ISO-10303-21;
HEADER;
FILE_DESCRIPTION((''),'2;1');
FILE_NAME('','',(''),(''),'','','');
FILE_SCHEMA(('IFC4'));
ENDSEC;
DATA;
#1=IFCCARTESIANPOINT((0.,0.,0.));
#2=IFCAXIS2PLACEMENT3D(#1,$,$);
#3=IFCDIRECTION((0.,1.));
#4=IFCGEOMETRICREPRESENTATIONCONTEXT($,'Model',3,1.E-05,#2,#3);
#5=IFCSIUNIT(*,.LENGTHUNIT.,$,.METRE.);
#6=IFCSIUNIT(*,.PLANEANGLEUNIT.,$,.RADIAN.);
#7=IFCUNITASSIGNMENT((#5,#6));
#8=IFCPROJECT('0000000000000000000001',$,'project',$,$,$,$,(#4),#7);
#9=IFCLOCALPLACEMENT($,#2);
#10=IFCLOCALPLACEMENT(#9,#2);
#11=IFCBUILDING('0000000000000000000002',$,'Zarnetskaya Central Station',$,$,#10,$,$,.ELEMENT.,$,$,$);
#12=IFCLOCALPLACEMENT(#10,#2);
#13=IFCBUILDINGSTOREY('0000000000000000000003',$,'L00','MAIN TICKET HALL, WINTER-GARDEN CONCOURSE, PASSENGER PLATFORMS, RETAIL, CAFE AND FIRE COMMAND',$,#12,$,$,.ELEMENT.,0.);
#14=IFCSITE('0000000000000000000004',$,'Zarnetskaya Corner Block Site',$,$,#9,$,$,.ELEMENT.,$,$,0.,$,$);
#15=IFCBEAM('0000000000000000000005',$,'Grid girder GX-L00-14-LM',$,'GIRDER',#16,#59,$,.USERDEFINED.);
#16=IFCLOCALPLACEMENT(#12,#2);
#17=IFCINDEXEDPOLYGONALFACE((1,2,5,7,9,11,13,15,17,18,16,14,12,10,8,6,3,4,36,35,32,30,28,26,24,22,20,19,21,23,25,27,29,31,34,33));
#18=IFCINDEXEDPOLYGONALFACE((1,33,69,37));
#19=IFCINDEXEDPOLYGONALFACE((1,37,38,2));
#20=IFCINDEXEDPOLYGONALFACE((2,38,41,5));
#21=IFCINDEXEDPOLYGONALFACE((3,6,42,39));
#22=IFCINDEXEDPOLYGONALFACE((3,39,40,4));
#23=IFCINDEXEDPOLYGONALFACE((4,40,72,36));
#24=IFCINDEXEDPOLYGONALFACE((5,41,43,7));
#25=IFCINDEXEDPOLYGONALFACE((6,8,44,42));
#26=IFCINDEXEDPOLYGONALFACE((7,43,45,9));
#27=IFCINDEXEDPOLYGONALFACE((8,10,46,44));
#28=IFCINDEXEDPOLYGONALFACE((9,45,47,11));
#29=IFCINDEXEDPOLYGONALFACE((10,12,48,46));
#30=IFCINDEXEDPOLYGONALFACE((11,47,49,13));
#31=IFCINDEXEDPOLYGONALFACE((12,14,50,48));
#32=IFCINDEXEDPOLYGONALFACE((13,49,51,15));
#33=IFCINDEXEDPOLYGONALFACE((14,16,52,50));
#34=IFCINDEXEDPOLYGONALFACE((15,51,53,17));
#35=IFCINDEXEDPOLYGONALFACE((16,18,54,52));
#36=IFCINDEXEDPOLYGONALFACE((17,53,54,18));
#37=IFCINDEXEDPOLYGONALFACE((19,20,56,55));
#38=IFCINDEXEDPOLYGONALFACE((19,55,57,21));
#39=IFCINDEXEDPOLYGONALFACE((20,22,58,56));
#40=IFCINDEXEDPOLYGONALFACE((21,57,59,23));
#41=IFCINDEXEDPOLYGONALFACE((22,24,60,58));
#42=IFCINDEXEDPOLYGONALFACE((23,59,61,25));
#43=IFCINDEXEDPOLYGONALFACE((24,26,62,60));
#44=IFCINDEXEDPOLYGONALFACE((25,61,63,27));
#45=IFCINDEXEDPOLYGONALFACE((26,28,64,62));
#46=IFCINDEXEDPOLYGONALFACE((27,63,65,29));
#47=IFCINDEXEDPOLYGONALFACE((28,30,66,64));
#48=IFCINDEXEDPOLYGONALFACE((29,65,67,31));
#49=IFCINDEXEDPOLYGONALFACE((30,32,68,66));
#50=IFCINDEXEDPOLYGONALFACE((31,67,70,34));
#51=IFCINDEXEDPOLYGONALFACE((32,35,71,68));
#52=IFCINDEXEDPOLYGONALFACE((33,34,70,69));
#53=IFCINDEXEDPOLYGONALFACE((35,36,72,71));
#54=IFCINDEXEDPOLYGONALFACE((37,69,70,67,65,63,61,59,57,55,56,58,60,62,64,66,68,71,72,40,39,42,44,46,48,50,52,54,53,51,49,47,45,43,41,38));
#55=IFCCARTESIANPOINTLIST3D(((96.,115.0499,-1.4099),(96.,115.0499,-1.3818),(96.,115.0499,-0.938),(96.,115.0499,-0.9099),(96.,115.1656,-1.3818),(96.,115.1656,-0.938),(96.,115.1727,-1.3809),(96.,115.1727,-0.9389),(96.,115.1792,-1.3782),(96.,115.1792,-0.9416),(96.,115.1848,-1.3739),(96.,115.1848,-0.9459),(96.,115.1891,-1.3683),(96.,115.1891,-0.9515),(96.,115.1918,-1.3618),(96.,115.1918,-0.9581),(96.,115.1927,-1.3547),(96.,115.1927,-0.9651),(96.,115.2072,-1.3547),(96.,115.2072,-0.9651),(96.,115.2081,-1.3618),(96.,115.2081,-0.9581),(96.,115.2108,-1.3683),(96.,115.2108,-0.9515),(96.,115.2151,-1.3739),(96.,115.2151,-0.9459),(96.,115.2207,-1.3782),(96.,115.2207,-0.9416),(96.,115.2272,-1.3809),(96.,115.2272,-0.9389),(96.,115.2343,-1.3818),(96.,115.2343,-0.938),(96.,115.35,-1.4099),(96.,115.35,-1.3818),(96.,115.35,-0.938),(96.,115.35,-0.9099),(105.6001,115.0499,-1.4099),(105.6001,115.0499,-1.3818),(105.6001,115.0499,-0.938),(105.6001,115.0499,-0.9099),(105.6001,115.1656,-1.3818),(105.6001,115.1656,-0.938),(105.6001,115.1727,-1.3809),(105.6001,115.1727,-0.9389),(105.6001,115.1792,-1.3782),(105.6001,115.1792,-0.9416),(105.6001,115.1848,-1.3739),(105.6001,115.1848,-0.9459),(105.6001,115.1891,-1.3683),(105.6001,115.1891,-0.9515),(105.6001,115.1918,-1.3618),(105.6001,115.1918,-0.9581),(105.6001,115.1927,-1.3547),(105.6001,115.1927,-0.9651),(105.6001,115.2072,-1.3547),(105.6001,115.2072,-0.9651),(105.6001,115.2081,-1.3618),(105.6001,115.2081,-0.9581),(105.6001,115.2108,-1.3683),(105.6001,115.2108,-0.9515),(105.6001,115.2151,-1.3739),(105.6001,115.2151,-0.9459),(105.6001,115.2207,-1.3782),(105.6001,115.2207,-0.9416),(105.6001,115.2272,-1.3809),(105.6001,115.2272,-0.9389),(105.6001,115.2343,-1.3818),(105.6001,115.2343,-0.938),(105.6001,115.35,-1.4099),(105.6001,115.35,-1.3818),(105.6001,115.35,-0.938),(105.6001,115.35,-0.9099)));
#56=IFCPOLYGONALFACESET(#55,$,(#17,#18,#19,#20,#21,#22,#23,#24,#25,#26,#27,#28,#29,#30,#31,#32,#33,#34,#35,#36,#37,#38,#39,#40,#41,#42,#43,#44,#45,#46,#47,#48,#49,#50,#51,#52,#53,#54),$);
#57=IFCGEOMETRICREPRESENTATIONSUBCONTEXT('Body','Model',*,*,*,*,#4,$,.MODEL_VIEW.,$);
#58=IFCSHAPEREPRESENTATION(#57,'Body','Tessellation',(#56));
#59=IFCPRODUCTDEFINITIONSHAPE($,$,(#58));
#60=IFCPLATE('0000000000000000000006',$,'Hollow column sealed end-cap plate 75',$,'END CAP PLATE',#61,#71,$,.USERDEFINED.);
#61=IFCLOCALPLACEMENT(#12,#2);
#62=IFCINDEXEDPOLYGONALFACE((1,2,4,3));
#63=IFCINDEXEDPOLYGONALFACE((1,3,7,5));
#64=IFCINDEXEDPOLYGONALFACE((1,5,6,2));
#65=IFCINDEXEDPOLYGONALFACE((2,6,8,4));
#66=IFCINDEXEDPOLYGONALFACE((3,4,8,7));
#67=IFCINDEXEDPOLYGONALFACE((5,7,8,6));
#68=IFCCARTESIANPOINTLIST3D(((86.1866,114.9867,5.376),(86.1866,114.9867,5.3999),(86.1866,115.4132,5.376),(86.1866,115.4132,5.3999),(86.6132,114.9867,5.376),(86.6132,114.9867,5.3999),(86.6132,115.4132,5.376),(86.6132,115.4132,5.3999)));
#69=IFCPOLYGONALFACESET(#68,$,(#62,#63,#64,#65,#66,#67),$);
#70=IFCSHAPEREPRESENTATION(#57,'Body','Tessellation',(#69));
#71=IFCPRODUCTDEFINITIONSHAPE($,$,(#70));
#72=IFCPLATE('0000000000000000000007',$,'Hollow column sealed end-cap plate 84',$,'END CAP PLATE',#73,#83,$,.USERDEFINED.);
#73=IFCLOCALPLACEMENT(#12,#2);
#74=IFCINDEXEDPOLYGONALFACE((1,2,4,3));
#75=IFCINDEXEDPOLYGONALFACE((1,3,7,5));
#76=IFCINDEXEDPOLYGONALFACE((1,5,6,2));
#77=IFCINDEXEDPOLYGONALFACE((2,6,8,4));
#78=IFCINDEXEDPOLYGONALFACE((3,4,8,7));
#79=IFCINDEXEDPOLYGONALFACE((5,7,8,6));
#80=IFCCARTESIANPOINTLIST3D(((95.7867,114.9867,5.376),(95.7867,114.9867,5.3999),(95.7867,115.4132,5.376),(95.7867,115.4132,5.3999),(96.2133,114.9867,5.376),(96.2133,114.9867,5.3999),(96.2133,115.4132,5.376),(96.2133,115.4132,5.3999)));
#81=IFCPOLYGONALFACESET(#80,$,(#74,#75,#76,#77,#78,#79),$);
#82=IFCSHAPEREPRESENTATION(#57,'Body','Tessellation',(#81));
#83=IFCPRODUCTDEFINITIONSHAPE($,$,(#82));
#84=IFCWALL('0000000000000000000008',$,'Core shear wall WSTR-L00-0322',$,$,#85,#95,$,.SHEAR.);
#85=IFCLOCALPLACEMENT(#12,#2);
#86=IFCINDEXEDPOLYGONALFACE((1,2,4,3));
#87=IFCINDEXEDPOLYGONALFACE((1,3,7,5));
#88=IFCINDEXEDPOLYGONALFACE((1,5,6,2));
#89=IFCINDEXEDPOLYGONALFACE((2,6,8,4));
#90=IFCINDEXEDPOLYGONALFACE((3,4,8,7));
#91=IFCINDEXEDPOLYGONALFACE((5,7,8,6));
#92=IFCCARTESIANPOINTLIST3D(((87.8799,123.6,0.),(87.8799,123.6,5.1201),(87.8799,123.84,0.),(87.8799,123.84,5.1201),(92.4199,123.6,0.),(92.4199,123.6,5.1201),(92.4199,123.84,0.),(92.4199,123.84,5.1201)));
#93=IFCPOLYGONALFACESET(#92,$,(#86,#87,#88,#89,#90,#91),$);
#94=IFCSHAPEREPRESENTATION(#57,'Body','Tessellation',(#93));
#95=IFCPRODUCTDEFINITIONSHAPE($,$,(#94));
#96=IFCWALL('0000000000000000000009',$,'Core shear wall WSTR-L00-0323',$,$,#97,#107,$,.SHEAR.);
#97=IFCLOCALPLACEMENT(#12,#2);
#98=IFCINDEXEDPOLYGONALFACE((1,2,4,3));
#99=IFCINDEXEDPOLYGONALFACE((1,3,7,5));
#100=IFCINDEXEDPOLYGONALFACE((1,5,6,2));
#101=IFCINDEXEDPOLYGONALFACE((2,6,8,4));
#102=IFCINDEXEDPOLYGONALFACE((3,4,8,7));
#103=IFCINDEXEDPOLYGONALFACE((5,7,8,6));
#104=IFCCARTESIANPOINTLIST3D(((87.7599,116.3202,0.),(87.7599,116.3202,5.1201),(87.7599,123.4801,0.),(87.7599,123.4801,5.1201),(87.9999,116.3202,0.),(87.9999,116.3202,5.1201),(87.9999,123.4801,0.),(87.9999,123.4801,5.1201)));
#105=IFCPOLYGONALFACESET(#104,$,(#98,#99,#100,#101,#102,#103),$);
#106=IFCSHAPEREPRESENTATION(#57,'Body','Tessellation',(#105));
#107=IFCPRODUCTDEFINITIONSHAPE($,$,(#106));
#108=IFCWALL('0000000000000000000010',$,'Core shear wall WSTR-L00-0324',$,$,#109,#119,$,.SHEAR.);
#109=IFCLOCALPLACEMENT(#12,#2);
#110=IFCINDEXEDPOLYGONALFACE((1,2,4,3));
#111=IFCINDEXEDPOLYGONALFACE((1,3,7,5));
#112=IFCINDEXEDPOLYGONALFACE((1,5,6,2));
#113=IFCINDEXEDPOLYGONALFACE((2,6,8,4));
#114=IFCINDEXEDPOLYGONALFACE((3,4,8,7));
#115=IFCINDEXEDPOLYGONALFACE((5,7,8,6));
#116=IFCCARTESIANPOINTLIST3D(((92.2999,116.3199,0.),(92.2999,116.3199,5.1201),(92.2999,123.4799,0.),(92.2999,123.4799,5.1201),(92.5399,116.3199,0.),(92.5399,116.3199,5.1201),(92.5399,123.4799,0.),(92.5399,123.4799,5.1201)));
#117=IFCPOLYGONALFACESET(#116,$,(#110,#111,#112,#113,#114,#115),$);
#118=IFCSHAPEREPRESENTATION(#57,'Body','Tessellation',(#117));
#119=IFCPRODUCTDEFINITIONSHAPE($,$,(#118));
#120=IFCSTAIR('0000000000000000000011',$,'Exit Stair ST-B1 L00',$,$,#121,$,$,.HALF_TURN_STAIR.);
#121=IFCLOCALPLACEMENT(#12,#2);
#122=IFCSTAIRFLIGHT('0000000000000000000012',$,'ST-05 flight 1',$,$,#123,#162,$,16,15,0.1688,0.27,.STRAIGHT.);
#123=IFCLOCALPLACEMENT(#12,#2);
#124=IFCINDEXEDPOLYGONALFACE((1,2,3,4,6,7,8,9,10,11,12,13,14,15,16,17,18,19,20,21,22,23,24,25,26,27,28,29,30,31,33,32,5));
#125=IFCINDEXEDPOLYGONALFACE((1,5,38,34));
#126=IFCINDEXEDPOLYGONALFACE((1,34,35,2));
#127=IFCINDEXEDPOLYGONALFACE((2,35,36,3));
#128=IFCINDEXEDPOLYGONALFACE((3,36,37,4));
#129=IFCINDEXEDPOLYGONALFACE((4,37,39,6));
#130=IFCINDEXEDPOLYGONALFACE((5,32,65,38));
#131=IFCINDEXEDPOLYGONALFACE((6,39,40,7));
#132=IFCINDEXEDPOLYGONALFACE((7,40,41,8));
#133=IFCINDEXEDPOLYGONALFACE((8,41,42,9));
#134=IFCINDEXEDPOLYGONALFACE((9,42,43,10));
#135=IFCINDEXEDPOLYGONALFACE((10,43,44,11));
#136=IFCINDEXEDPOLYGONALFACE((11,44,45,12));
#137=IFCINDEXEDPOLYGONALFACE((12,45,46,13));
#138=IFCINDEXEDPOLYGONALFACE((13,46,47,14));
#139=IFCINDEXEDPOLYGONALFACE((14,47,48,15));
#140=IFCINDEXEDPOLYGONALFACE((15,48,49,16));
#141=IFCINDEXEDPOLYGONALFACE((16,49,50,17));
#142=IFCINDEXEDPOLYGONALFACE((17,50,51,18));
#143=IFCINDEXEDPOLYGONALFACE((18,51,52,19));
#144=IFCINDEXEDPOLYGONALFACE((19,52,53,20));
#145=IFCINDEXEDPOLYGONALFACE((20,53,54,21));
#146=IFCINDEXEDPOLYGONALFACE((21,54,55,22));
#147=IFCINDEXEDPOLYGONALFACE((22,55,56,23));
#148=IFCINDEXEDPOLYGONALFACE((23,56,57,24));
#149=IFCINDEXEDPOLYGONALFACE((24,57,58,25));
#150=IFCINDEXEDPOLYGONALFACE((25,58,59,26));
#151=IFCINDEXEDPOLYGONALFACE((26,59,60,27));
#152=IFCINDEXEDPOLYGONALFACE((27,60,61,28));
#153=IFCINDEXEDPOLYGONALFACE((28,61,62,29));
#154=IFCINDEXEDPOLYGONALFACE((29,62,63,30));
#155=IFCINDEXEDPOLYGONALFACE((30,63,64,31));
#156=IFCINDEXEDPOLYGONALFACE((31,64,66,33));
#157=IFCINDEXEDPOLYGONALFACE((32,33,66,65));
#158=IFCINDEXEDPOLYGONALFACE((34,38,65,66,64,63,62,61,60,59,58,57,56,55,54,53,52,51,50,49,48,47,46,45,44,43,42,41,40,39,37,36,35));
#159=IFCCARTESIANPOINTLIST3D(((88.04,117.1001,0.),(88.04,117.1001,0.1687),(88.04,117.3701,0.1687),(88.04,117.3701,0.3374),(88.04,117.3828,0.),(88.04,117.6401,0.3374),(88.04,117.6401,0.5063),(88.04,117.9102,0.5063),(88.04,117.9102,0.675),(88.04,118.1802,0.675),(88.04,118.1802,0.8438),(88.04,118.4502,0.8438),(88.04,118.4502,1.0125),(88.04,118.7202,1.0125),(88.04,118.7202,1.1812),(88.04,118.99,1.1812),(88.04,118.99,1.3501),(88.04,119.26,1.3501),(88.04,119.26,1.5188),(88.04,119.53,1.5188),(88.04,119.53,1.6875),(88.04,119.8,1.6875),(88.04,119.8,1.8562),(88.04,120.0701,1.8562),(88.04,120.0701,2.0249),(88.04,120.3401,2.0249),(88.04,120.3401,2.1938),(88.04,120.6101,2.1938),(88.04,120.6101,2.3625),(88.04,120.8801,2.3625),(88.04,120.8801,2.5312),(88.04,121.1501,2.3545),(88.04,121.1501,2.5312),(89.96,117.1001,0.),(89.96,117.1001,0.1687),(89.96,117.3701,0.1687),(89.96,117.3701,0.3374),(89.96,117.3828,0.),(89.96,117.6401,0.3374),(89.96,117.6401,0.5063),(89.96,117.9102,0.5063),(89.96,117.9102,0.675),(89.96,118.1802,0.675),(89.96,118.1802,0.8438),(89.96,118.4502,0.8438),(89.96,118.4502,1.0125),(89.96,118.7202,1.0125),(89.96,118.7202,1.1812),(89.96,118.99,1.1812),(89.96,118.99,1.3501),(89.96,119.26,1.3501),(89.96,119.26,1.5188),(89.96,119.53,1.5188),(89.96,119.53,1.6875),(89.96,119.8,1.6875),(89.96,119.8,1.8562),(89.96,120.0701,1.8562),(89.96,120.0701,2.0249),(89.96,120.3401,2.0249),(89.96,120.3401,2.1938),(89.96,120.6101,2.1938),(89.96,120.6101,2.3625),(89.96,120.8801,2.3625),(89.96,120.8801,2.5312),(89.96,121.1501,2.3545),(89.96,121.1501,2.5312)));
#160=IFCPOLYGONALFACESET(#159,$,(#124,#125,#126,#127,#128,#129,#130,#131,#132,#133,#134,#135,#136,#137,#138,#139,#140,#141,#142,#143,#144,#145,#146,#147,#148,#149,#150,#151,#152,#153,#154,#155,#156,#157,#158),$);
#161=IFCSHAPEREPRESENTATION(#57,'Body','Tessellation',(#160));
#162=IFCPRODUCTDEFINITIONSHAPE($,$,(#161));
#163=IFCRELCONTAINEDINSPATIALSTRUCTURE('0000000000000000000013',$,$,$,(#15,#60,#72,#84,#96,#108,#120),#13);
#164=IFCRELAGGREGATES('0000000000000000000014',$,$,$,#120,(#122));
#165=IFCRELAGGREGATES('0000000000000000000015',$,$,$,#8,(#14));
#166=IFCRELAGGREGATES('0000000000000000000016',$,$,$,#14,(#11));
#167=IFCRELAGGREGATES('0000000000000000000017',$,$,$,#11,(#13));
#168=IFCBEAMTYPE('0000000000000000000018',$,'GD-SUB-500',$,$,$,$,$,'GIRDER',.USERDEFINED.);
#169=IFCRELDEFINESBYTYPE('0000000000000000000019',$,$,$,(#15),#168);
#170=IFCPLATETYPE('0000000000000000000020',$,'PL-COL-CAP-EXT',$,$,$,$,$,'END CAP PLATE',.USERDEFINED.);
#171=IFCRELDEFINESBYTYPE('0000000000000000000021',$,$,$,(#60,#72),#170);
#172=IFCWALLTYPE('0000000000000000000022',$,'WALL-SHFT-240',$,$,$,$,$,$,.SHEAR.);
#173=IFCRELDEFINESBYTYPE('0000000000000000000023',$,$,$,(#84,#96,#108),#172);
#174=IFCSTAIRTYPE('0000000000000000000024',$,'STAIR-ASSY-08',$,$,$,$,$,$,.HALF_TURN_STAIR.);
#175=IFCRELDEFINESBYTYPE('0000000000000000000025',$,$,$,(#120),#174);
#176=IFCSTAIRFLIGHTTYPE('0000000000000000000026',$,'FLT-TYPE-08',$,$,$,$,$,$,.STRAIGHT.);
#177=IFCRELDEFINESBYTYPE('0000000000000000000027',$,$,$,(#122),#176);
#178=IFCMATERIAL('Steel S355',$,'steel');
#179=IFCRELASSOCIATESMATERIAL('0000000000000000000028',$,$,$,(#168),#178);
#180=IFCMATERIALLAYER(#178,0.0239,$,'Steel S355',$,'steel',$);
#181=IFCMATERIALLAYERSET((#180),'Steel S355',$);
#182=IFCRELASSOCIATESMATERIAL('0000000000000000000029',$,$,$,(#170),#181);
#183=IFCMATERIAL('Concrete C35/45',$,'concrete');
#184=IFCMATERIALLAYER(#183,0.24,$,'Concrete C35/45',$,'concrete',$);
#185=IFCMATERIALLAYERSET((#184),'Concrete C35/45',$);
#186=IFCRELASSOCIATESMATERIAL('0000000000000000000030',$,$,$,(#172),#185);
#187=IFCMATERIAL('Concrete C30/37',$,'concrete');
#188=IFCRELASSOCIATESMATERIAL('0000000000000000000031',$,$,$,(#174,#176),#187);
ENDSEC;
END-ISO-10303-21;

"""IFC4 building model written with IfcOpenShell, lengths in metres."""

from ifc_helpers import new_model, si_unit, direction, frame, frame_2d, origin, origin_2d, place, context, subcontext, project, spatial, polyline, rectangle, i_section, outline, extrude, material, layer, layer_set, material_profile, profile_set, type_object, element, aggregate, save


model = new_model("IFC4")

# Units and contexts
model_context = context("Model", 3, precision=1e-05, world=origin(), true_north=direction((0.0, 1.0)))
body_context = subcontext(model_context, "Body", "Model", "MODEL_VIEW")
ifc_project = project(units=[si_unit("LENGTHUNIT", "METRE"), si_unit("PLANEANGLEUNIT", "RADIAN")], contexts=[model_context])

# Site, building, storey
site_placement = place(None, origin())
site = spatial("IfcSite", under=ifc_project, at=site_placement, Name="Zarnetskaya Corner Block Site", CompositionType="ELEMENT", RefElevation=0.0)
building_placement = place(site_placement, origin())
building = spatial("IfcBuilding", under=site, at=building_placement, Name="Zarnetskaya Central Station", CompositionType="ELEMENT")
storey_placement = place(building_placement, origin())
storey = spatial("IfcBuildingStorey", under=building, at=storey_placement, Name="L00", Description="MAIN TICKET HALL, WINTER-GARDEN CONCOURSE, PASSENGER PLATFORMS, RETAIL, CAFE AND FIRE COMMAND", CompositionType="ELEMENT", Elevation=0.0)

# Shared definitions
ifc_material_1 = material(Name="Steel S355", Category="steel")

# Beam
ifc_material_profile_1 = material_profile(ifc_material_1, i_section(OverallWidth=0.3, OverallDepth=0.5, WebThickness=0.0144, FlangeThickness=0.0281, FilletRadius=0.0271, at=origin_2d()), Name="HEB 500")
ifc_profile_set_1 = profile_set([ifc_material_profile_1], Name="Steel S355")
beam_type_1 = type_object("IfcBeamType", Name="GD-SUB-500", ElementType="GIRDER", PredefinedType="USERDEFINED", material=ifc_profile_set_1)
beam_1_placement = place(storey_placement, frame((96.0, 115.2, -1.1599), z_axis=(1.0, 0.0, 0.0), x_axis=(0.0, 1.0, 0.0)))
element("IfcBeam", 1, at=beam_1_placement, inside=storey, type_object=beam_type_1, Name="Grid girder GX-L00-14-LM", ObjectType="GIRDER", PredefinedType="USERDEFINED", context=body_context, shape_type="SweptSolid", body=[
    extrude(i_section(OverallWidth=0.3, OverallDepth=0.5, WebThickness=0.0144, FlangeThickness=0.0281, FilletRadius=0.0271, at=origin_2d()), origin(), (0.0, 0.0, 1.0), 9.6001),
])

# Plates
ifc_layer_1 = layer(ifc_material_1, 0.0239, Name="Steel S355", Category="steel")
ifc_layer_set_1 = layer_set([ifc_layer_1], Name="Steel S355")
plate_type = type_object("IfcPlateType", Name="PL-COL-CAP-EXT", ElementType="END CAP PLATE", PredefinedType="USERDEFINED", material=ifc_layer_set_1)
for number, where, z_axis, x_axis, name in (
    (2, (86.3999, 115.2, 5.376), (0.0, 0.0, 1.0), (1.0, 0.0, 0.0), "Hollow column sealed end-cap plate 75"),
    (3, (96.0, 115.2, 5.376), (0.0, 0.0, 1.0), (1.0, 0.0, 0.0), "Hollow column sealed end-cap plate 84"),
):
    element("IfcPlate", number, at=place(storey_placement, frame(where, z_axis=z_axis, x_axis=x_axis)), inside=storey, type_object=plate_type, Name=name, ObjectType="END CAP PLATE", PredefinedType="USERDEFINED", context=body_context, shape_type="SweptSolid", body=[
        extrude(rectangle(XDim=0.4265, YDim=0.4265, at=origin_2d()), origin(), (0.0, 0.0, 1.0), 0.0239),
    ])

# Shared definitions
ifc_material_2 = material(Name="Concrete C35/45", Category="concrete")
ifc_layer_2 = layer(ifc_material_2, 0.24, Name="Concrete C35/45", Category="concrete")
ifc_layer_set_2 = layer_set([ifc_layer_2], Name="Concrete C35/45")
wall_type = type_object("IfcWallType", Name="WALL-SHFT-240", PredefinedType="SHEAR", material=ifc_layer_set_2)

# Walls
wall_1_placement = place(storey_placement, frame((87.8799, 123.72, 0.0), z_axis=(0.0, 0.0, 1.0), x_axis=(1.0, 0.0, 0.0)))
element("IfcWall", 4, at=wall_1_placement, inside=storey, type_object=wall_type, Name="Core shear wall WSTR-L00-0322", PredefinedType="SHEAR", context=body_context, shape_type="SweptSolid", body=[
    extrude(rectangle(XDim=4.54, YDim=0.24, at=frame_2d((2.27, 0.0))), origin(), (0.0, 0.0, 1.0), 5.1201),
])
for number, where, z_axis, x_axis, name in (
    (5, (87.8799, 116.3201, 0.0), (0.0, 0.0, 1.0), (0.0, 1.0, 0.0), "Core shear wall WSTR-L00-0323"),
    (6, (92.4199, 123.48, 0.0), (0.0, 0.0, 1.0), (0.0, -1.0, 0.0), "Core shear wall WSTR-L00-0324"),
):
    element("IfcWall", number, at=place(storey_placement, frame(where, z_axis=z_axis, x_axis=x_axis)), inside=storey, type_object=wall_type, Name=name, PredefinedType="SHEAR", context=body_context, shape_type="SweptSolid", body=[
        extrude(rectangle(XDim=7.1599, YDim=0.24, at=frame_2d((3.5801, 0.0))), origin(), (0.0, 0.0, 1.0), 5.1201),
    ])

# Stair, stair flight
ifc_material_3 = material(Name="Concrete C30/37", Category="concrete")
stair_type = type_object("IfcStairType", Name="STAIR-ASSY-08", PredefinedType="HALF_TURN_STAIR", material=ifc_material_3)
stair_placement = place(storey_placement, origin())
stair = element("IfcStair", 7, at=stair_placement, inside=storey, type_object=stair_type, Name="Exit Stair ST-B1 L00", PredefinedType="HALF_TURN_STAIR")
stair_flight_type = type_object("IfcStairFlightType", Name="FLT-TYPE-08", PredefinedType="STRAIGHT", material=ifc_material_3)
stair_flight_1_placement = place(storey_placement, frame((89.0, 117.1001, 0.0), z_axis=(0.0, 0.0, 1.0), x_axis=(0.0, 1.0, 0.0)))
stair_flight_1 = element("IfcStairFlight", 8, at=stair_flight_1_placement, type_object=stair_flight_type, Name="ST-05 flight 1", NumberOfRisers=16, NumberOfTreads=15, PredefinedType="STRAIGHT", RiserHeight=0.1688, TreadLength=0.27, context=body_context, shape_type="SweptSolid", body=[
    extrude(outline(polyline([(0.0, 0.0), (0.0, 0.1687), (0.27, 0.1687), (0.27, 0.3374), (0.54, 0.3374), (0.54, 0.5063), (0.8101, 0.5063), (0.8101, 0.675), (1.0801, 0.675), (1.0801, 0.8438), (1.3501, 0.8438), (1.3501, 1.0125), (1.6201, 1.0125), (1.6201, 1.1812), (1.8899, 1.1812), (1.8899, 1.3501), (2.1599, 1.3501), (2.1599, 1.5188), (2.4299, 1.5188), (2.4299, 1.6875), (2.7, 1.6875), (2.7, 1.8562), (2.97, 1.8562), (2.97, 2.0249), (3.24, 2.0249), (3.24, 2.1938), (3.51, 2.1938), (3.51, 2.3625), (3.78, 2.3625), (3.78, 2.5312), (4.05, 2.5312), (4.05, 2.7), (4.05, 2.3545), (0.2827, 0.0), (0.0, 0.0)])), frame((0.0, 0.96, 0.0), z_axis=(0.0, -1.0, 0.0), x_axis=(1.0, 0.0, 0.0)), (0.0, 0.0, 1.0), 1.9199),
])
aggregate(stair, [stair_flight_1])

save(model, "model.ifc")
